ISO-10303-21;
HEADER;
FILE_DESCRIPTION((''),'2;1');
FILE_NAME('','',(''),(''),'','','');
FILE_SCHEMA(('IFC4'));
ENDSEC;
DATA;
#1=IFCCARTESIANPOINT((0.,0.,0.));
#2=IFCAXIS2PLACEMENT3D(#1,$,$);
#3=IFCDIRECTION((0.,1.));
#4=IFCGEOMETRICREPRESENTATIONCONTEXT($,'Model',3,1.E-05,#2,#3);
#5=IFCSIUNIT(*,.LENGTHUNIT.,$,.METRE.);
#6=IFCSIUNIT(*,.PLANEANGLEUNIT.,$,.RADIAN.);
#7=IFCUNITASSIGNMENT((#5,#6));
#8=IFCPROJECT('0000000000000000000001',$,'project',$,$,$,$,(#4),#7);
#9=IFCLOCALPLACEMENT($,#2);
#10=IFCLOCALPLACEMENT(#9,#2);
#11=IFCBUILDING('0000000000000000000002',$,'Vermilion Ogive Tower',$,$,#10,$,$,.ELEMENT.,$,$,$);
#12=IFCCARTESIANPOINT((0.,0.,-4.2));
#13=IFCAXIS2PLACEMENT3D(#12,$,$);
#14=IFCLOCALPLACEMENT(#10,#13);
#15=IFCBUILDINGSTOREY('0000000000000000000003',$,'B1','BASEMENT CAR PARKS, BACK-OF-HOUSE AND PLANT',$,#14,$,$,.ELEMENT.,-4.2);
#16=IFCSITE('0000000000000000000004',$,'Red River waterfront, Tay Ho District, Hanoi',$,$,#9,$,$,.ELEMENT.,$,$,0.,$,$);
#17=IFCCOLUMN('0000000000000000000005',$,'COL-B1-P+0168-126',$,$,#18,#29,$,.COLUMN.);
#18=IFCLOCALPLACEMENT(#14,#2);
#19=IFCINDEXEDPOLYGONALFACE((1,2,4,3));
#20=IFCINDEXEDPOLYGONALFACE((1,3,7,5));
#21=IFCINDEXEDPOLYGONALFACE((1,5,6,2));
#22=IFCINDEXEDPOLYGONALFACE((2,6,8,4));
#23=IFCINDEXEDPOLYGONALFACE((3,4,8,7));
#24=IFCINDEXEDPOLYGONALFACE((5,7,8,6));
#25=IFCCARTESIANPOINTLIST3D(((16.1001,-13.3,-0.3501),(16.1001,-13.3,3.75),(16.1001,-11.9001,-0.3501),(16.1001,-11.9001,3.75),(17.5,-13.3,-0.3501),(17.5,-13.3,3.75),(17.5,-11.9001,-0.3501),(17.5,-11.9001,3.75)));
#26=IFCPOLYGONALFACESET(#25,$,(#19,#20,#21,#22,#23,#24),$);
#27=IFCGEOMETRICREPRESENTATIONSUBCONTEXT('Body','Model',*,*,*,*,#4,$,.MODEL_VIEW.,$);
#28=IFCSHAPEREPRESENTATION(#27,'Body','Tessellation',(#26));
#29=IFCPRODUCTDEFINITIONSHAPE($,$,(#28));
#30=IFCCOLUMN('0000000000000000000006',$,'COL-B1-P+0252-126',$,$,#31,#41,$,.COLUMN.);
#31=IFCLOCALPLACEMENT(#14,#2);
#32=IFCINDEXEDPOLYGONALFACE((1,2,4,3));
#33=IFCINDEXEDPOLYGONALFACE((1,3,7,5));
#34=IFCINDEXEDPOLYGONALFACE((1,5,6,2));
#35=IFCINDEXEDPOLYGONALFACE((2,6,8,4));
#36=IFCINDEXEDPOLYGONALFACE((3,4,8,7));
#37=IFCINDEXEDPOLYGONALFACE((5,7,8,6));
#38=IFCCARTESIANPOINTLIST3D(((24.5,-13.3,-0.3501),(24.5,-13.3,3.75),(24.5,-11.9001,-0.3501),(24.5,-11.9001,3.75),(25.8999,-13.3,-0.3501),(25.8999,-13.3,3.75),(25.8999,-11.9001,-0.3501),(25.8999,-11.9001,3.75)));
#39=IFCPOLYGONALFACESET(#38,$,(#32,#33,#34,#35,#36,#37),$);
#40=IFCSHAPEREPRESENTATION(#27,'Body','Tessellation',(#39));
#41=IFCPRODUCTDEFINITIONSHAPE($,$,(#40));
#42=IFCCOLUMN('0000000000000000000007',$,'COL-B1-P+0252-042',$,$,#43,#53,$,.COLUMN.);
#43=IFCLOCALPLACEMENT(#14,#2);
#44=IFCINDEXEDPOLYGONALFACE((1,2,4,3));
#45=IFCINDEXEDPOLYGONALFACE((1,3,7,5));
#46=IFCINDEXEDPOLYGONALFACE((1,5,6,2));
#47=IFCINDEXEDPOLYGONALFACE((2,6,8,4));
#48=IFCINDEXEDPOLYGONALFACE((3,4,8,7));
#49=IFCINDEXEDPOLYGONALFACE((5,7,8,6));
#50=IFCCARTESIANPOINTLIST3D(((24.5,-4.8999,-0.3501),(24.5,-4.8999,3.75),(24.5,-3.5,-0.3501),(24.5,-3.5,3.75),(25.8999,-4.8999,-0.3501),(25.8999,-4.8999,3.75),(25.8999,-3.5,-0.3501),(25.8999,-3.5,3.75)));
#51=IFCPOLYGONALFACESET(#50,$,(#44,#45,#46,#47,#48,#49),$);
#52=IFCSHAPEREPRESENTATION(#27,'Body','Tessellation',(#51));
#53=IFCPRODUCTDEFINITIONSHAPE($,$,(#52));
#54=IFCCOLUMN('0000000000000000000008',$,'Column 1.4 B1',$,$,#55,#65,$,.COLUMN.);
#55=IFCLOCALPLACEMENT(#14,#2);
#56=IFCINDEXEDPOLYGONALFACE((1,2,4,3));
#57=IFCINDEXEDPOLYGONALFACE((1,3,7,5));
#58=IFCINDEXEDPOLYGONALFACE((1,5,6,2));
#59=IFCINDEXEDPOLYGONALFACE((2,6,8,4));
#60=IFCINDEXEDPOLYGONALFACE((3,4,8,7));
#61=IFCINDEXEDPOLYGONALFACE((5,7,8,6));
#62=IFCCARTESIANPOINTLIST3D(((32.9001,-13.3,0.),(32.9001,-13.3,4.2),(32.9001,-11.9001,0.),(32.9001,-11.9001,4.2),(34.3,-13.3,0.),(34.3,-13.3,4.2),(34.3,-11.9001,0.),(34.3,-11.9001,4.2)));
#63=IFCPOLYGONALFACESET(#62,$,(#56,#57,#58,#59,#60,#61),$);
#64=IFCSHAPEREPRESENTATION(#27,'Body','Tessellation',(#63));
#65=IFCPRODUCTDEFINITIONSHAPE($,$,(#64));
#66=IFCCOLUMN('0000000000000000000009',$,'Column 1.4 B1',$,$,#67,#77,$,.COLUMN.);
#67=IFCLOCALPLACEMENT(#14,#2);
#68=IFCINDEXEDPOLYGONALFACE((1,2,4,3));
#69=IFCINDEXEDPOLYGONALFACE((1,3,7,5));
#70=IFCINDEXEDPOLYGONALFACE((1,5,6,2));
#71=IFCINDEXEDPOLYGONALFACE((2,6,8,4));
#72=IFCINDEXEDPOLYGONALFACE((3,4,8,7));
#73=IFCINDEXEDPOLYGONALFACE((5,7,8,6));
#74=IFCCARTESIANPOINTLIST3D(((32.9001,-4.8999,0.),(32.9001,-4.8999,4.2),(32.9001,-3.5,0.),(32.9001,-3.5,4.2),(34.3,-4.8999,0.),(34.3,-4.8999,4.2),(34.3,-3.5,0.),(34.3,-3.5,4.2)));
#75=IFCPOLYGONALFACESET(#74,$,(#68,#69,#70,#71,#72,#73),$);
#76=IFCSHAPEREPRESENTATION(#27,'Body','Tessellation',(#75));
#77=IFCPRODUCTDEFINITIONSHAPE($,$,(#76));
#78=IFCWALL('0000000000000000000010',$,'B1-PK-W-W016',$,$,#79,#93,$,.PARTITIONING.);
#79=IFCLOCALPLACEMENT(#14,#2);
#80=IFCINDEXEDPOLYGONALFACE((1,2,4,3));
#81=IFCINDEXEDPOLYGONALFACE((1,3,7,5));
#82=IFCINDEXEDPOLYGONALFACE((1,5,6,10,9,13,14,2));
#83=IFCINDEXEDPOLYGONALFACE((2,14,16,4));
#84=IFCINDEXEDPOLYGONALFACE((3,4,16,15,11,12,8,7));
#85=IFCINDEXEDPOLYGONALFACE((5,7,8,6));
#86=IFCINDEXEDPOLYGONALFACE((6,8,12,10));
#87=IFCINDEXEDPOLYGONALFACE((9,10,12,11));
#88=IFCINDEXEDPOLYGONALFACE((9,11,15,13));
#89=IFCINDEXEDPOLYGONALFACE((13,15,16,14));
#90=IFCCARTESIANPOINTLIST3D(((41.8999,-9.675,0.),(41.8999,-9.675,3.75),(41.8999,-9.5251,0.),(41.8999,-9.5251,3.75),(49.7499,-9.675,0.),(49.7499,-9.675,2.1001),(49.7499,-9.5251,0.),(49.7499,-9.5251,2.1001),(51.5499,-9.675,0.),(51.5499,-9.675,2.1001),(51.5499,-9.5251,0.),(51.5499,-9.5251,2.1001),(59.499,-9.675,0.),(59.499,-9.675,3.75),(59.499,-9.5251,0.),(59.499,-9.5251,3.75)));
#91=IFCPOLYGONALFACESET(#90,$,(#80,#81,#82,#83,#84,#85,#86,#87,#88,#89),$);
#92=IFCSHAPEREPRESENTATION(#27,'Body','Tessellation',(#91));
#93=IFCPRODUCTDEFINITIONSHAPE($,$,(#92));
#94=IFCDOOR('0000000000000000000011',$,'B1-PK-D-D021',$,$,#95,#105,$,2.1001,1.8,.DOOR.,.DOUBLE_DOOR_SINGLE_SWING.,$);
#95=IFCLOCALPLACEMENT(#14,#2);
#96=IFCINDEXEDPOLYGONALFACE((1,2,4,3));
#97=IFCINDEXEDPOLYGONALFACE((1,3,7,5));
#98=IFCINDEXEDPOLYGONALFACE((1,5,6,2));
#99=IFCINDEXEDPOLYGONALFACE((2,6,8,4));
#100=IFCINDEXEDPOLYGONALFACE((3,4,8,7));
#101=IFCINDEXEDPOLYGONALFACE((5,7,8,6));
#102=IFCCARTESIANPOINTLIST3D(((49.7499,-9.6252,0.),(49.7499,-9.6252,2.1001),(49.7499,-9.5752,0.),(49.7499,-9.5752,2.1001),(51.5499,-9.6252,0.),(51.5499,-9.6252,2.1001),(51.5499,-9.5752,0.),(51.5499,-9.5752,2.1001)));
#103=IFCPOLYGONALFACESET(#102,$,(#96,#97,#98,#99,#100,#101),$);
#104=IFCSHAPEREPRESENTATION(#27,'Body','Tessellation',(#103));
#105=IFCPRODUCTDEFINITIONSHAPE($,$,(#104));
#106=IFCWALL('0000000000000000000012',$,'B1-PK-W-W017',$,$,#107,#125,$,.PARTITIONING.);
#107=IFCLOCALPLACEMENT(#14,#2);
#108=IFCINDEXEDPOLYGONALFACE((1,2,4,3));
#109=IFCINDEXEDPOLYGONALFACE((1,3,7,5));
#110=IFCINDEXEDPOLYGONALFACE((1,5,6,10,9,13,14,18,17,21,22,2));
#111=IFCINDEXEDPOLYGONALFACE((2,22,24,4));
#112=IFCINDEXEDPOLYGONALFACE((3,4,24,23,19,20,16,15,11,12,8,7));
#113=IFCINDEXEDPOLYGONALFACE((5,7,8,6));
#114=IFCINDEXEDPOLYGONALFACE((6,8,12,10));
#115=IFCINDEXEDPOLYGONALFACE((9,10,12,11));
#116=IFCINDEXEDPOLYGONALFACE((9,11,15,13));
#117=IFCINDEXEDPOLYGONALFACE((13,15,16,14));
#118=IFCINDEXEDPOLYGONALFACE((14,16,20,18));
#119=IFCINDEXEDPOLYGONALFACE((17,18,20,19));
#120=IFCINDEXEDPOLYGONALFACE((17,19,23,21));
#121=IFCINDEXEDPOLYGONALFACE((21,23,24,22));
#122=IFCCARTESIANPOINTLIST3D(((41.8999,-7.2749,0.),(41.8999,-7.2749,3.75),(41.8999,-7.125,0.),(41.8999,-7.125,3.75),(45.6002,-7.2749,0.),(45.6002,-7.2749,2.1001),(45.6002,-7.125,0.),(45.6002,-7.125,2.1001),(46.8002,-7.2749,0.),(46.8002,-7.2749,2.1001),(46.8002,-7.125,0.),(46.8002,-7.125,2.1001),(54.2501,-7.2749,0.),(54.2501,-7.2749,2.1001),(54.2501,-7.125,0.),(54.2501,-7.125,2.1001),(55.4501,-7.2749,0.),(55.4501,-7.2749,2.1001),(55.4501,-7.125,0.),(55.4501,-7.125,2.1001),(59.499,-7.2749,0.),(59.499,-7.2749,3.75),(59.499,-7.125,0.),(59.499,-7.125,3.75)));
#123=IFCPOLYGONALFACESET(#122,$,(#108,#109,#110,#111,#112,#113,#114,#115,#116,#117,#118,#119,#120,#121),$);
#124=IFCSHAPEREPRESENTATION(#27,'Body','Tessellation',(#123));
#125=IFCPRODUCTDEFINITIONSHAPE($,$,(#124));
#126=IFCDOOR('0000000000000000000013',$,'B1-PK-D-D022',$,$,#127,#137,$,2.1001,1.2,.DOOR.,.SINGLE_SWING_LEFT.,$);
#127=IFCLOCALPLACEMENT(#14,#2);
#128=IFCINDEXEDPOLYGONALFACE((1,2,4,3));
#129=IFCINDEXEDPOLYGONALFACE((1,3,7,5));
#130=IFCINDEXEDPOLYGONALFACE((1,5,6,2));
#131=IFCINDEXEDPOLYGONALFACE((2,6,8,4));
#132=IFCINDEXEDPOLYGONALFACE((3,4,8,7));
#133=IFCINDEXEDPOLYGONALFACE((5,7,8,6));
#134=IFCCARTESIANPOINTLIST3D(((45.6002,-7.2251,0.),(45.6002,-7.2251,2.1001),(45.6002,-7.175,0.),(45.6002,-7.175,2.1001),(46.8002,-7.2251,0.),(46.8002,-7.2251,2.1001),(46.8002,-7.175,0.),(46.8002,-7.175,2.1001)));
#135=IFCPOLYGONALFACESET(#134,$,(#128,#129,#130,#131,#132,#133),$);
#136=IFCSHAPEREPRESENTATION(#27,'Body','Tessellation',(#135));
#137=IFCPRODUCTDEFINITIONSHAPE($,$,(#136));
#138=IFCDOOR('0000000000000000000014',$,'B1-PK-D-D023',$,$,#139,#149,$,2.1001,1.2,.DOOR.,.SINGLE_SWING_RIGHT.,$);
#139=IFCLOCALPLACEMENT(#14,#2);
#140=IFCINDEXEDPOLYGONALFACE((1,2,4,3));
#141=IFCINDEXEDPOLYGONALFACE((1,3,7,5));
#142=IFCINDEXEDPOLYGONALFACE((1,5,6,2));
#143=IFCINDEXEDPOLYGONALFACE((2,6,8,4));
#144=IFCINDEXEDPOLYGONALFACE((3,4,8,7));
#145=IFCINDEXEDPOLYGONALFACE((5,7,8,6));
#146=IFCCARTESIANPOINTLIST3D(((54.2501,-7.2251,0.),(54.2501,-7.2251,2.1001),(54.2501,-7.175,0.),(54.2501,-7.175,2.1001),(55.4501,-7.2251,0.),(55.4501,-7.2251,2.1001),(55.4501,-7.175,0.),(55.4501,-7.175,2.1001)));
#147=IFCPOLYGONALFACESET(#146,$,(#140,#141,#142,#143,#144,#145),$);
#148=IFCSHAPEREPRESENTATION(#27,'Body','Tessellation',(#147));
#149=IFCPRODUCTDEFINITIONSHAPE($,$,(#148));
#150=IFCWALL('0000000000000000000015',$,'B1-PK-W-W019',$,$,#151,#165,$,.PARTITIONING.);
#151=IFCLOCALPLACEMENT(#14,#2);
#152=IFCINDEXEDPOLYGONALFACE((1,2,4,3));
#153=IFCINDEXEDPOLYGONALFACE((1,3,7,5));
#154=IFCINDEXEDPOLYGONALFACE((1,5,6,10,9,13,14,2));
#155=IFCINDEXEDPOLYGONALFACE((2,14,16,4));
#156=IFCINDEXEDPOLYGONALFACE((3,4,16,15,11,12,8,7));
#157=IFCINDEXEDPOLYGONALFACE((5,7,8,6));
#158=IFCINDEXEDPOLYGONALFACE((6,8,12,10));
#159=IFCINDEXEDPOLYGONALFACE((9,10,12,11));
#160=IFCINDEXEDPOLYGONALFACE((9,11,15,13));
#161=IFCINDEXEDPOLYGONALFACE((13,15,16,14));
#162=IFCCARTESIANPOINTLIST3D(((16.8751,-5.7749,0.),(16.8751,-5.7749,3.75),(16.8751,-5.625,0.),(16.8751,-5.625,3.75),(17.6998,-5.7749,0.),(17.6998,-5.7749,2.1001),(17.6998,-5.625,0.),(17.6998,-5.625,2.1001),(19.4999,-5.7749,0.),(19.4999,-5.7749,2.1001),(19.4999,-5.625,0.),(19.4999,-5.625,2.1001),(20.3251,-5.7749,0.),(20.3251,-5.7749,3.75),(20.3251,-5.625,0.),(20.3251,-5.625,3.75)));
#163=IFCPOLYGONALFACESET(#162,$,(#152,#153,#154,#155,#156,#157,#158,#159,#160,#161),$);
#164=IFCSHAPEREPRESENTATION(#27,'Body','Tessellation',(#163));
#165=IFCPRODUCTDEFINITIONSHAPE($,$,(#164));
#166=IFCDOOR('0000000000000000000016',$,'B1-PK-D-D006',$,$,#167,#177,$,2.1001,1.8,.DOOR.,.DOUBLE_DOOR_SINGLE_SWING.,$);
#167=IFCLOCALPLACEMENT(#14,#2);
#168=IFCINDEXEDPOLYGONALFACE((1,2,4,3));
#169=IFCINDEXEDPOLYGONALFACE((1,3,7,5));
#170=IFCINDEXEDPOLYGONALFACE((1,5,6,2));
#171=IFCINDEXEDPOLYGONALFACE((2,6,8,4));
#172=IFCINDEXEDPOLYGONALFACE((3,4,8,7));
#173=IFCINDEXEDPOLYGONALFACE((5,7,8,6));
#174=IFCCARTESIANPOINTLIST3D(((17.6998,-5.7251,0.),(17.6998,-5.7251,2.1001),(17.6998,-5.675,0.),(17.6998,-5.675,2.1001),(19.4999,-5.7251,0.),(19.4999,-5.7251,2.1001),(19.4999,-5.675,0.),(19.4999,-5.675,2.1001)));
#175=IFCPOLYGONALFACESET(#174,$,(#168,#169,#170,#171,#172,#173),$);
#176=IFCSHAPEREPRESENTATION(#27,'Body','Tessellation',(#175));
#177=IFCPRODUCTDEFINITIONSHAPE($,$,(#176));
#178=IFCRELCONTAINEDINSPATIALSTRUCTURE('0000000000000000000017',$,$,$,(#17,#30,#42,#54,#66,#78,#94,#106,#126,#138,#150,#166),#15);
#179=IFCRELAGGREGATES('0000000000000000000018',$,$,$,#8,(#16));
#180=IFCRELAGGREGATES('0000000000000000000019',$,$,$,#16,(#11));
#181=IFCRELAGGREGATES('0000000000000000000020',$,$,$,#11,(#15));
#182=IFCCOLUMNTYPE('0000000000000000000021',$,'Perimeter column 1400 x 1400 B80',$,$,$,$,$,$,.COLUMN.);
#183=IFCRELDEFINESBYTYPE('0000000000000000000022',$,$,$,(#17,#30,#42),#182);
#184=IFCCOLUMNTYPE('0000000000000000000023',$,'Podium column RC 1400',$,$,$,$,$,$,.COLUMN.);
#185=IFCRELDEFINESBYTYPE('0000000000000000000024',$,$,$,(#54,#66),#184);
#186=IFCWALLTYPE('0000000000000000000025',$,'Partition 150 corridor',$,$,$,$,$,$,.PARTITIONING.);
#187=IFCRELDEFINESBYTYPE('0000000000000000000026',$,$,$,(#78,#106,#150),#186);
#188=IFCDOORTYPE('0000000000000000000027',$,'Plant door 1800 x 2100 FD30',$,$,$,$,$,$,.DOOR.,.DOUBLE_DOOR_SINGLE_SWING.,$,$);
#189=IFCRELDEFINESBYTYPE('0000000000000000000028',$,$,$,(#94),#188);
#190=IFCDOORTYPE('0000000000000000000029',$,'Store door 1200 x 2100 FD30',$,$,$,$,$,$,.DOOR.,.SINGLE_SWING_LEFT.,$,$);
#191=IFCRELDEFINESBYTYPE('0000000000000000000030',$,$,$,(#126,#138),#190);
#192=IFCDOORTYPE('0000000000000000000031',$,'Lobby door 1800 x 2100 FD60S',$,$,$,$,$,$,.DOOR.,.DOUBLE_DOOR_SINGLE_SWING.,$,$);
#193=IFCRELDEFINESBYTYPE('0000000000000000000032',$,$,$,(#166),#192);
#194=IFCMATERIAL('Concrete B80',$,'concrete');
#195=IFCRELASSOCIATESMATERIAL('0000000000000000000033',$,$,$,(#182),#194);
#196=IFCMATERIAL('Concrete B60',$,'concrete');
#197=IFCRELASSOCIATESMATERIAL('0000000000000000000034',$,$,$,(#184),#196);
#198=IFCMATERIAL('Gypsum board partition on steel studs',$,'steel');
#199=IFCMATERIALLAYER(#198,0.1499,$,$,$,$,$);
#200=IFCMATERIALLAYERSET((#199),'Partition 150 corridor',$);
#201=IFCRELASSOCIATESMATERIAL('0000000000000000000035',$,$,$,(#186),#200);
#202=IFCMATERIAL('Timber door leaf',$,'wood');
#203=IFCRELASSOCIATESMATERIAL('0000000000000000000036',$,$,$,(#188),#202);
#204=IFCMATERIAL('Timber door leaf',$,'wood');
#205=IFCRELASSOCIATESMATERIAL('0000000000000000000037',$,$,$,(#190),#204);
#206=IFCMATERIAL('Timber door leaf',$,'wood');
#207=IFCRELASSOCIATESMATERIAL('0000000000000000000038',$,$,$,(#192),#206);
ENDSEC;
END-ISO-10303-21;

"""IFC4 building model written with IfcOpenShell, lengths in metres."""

from ifc_helpers import new_model, si_unit, direction, frame, frame_2d, origin, origin_2d, place, context, subcontext, project, spatial, rectangle, extrude, material, layer, layer_set, material_profile, profile_set, type_object, element, fill, save


model = new_model("IFC4")

# Units and contexts
model_context = context("Model", 3, precision=1e-05, world=origin(), true_north=direction((0.0, 1.0)))
body_context = subcontext(model_context, "Body", "Model", "MODEL_VIEW")
ifc_project = project(units=[si_unit("LENGTHUNIT", "METRE"), si_unit("PLANEANGLEUNIT", "RADIAN")], contexts=[model_context])

# Site, building, storey
site_placement = place(None, origin())
site = spatial("IfcSite", under=ifc_project, at=site_placement, Name="Red River waterfront, Tay Ho District, Hanoi", CompositionType="ELEMENT", RefElevation=0.0)
building_placement = place(site_placement, origin())
building = spatial("IfcBuilding", under=site, at=building_placement, Name="Vermilion Ogive Tower", CompositionType="ELEMENT")
storey_placement = place(building_placement, frame((0.0, 0.0, -4.2)))
storey = spatial("IfcBuildingStorey", under=building, at=storey_placement, Name="B1", Description="BASEMENT CAR PARKS, BACK-OF-HOUSE AND PLANT", CompositionType="ELEMENT", Elevation=-4.2)

# Columns
ifc_material_1 = material(Name="Concrete B80", Category="concrete")
ifc_material_profile_1 = material_profile(ifc_material_1, rectangle(XDim=1.3999, YDim=1.3999, at=origin_2d()), Name="1400 x 1400")
ifc_profile_set_1 = profile_set([ifc_material_profile_1], Name="Concrete B80")
column_type_1 = type_object("IfcColumnType", Name="Perimeter column 1400 x 1400 B80", PredefinedType="COLUMN", material=ifc_profile_set_1)
for number, where, z_axis, x_axis, name in (
    (1, (16.8, -12.6001, -0.3501), (0.0, 0.0, 1.0), (1.0, 0.0, 0.0), "COL-B1-P+0168-126"),
    (2, (25.2, -12.6001, -0.3501), (0.0, 0.0, 1.0), (1.0, 0.0, 0.0), "COL-B1-P+0252-126"),
    (3, (25.2, -4.2, -0.3501), (0.0, 0.0, 1.0), (1.0, 0.0, 0.0), "COL-B1-P+0252-042"),
):
    element("IfcColumn", number, at=place(storey_placement, frame(where, z_axis=z_axis, x_axis=x_axis)), inside=storey, type_object=column_type_1, Name=name, PredefinedType="COLUMN", context=body_context, shape_type="SweptSolid", body=[
        extrude(rectangle(XDim=1.3999, YDim=1.3999, at=origin_2d()), origin(), (0.0, 0.0, 1.0), 4.1001),
    ])
ifc_material_2 = material(Name="Concrete B60", Category="concrete")
ifc_material_profile_2 = material_profile(ifc_material_2, rectangle(XDim=1.3999, YDim=1.3999, at=origin_2d()), Name="RC 1400x1400")
ifc_profile_set_2 = profile_set([ifc_material_profile_2], Name="Concrete B60")
column_type_2 = type_object("IfcColumnType", Name="Podium column RC 1400", PredefinedType="COLUMN", material=ifc_profile_set_2)
for number, where, z_axis, x_axis, name in (
    (4, (33.6001, -12.6001, 0.0), (0.0, 0.0, 1.0), (1.0, 0.0, 0.0), "Column 1.4 B1"),
    (5, (33.6001, -4.2, 0.0), (0.0, 0.0, 1.0), (1.0, 0.0, 0.0), "Column 1.4 B1"),
):
    element("IfcColumn", number, at=place(storey_placement, frame(where, z_axis=z_axis, x_axis=x_axis)), inside=storey, type_object=column_type_2, Name=name, PredefinedType="COLUMN", context=body_context, shape_type="SweptSolid", body=[
        extrude(rectangle(XDim=1.3999, YDim=1.3999, at=origin_2d()), origin(), (0.0, 0.0, 1.0), 4.2),
    ])

# Wall, opening, door
ifc_material_3 = material(Name="Gypsum board partition on steel studs", Category="steel")
ifc_layer_1 = layer(ifc_material_3, 0.1499)
ifc_layer_set_1 = layer_set([ifc_layer_1], Name="Partition 150 corridor")
wall_type_1 = type_object("IfcWallType", Name="Partition 150 corridor", PredefinedType="PARTITIONING", material=ifc_layer_set_1)
wall_1_placement = place(storey_placement, frame((41.8999, -9.6001, 0.0), z_axis=(0.0, 0.0, 1.0), x_axis=(1.0, 0.0, 0.0)))
wall_1 = element("IfcWall", 6, at=wall_1_placement, inside=storey, type_object=wall_type_1, Name="B1-PK-W-W016", PredefinedType="PARTITIONING", context=body_context, shape_type="SweptSolid", body=[
    extrude(rectangle(XDim=17.5991, YDim=0.1499, at=frame_2d((8.7996, 0.0))), origin(), (0.0, 0.0, 1.0), 3.75),
])
opening_1_placement = place(wall_1_placement, frame((7.8501, 0.0, 0.0)))
opening_1 = element("IfcOpeningElement", 7, at=opening_1_placement, cuts=wall_1, PredefinedType="OPENING", context=body_context, shape_type="SweptSolid", body=[
    extrude(rectangle(XDim=1.8, YDim=2.1001, at=frame_2d((0.8999, 1.05))), frame((0.0, 0.085, 0.0), z_axis=(0.0, -1.0, 0.0), x_axis=(1.0, 0.0, 0.0)), (0.0, 0.0, 1.0), 0.1699),
])
ifc_material_4 = material(Name="Timber door leaf", Category="wood")
door_type_1 = type_object("IfcDoorType", Name="Plant door 1800 x 2100 FD30", OperationType="DOUBLE_DOOR_SINGLE_SWING", PredefinedType="DOOR", material=ifc_material_4)
door_1_placement = place(opening_1_placement, origin())
door_1 = element("IfcDoor", 8, at=door_1_placement, inside=storey, type_object=door_type_1, Name="B1-PK-D-D021", OperationType="DOUBLE_DOOR_SINGLE_SWING", OverallHeight=2.1001, OverallWidth=1.8, PredefinedType="DOOR", context=body_context, shape_type="SweptSolid", body=[
    extrude(rectangle(XDim=1.8, YDim=2.1001, at=frame_2d((0.8999, 1.05))), frame((0.0, 0.0249, 0.0), z_axis=(0.0, -1.0, 0.0), x_axis=(1.0, 0.0, 0.0)), (0.0, 0.0, 1.0), 0.05),
])
fill(opening_1, door_1)

# Wall, openings, doors
wall_2_placement = place(storey_placement, frame((41.8999, -7.2, 0.0), z_axis=(0.0, 0.0, 1.0), x_axis=(1.0, 0.0, 0.0)))
wall_2 = element("IfcWall", 9, at=wall_2_placement, inside=storey, type_object=wall_type_1, Name="B1-PK-W-W017", PredefinedType="PARTITIONING", context=body_context, shape_type="SweptSolid", body=[
    extrude(rectangle(XDim=17.5991, YDim=0.1499, at=frame_2d((8.7996, 0.0))), origin(), (0.0, 0.0, 1.0), 3.75),
])
opening_2_placement = place(wall_2_placement, frame((3.7002, 0.0, 0.0)))
opening_2 = element("IfcOpeningElement", 10, at=opening_2_placement, cuts=wall_2, PredefinedType="OPENING", context=body_context, shape_type="SweptSolid", body=[
    extrude(rectangle(XDim=1.2, YDim=2.1001, at=frame_2d((0.6001, 1.05))), frame((0.0, 0.085, 0.0), z_axis=(0.0, -1.0, 0.0), x_axis=(1.0, 0.0, 0.0)), (0.0, 0.0, 1.0), 0.1699),
])
opening_3_placement = place(wall_2_placement, frame((12.3501, 0.0, 0.0)))
opening_3 = element("IfcOpeningElement", 11, at=opening_3_placement, cuts=wall_2, PredefinedType="OPENING", context=body_context, shape_type="SweptSolid", body=[
    extrude(rectangle(XDim=1.2, YDim=2.1001, at=frame_2d((0.6001, 1.05))), frame((0.0, 0.085, 0.0), z_axis=(0.0, -1.0, 0.0), x_axis=(1.0, 0.0, 0.0)), (0.0, 0.0, 1.0), 0.1699),
])
ifc_material_5 = material(Name="Timber door leaf", Category="wood")
door_type_2 = type_object("IfcDoorType", Name="Store door 1200 x 2100 FD30", OperationType="SINGLE_SWING_LEFT", PredefinedType="DOOR", material=ifc_material_5)
door_2_placement = place(opening_2_placement, origin())
door_2 = element("IfcDoor", 12, at=door_2_placement, inside=storey, type_object=door_type_2, Name="B1-PK-D-D022", OperationType="SINGLE_SWING_LEFT", OverallHeight=2.1001, OverallWidth=1.2, PredefinedType="DOOR", context=body_context, shape_type="SweptSolid", body=[
    extrude(rectangle(XDim=1.2, YDim=2.1001, at=frame_2d((0.6001, 1.05))), frame((0.0, 0.0249, 0.0), z_axis=(0.0, -1.0, 0.0), x_axis=(1.0, 0.0, 0.0)), (0.0, 0.0, 1.0), 0.05),
])
fill(opening_2, door_2)
door_3_placement = place(opening_3_placement, origin())
door_3 = element("IfcDoor", 13, at=door_3_placement, inside=storey, type_object=door_type_2, Name="B1-PK-D-D023", OperationType="SINGLE_SWING_RIGHT", OverallHeight=2.1001, OverallWidth=1.2, PredefinedType="DOOR", context=body_context, shape_type="SweptSolid", body=[
    extrude(rectangle(XDim=1.2, YDim=2.1001, at=frame_2d((0.6001, 1.05))), frame((0.0, 0.0249, 0.0), z_axis=(0.0, -1.0, 0.0), x_axis=(1.0, 0.0, 0.0)), (0.0, 0.0, 1.0), 0.05),
])
fill(opening_3, door_3)

# Wall, opening, door
wall_3_placement = place(storey_placement, frame((16.875, -5.7, 0.0), z_axis=(0.0, 0.0, 1.0), x_axis=(1.0, 0.0, 0.0)))
wall_3 = element("IfcWall", 14, at=wall_3_placement, inside=storey, type_object=wall_type_1, Name="B1-PK-W-W019", PredefinedType="PARTITIONING", context=body_context, shape_type="SweptSolid", body=[
    extrude(rectangle(XDim=3.45, YDim=0.1499, at=frame_2d((1.7251, 0.0))), origin(), (0.0, 0.0, 1.0), 3.75),
])
opening_4_placement = place(wall_3_placement, frame((0.825, 0.0, 0.0)))
opening_4 = element("IfcOpeningElement", 15, at=opening_4_placement, cuts=wall_3, PredefinedType="OPENING", context=body_context, shape_type="SweptSolid", body=[
    extrude(rectangle(XDim=1.8, YDim=2.1001, at=frame_2d((0.8999, 1.05))), frame((0.0, 0.085, 0.0), z_axis=(0.0, -1.0, 0.0), x_axis=(1.0, 0.0, 0.0)), (0.0, 0.0, 1.0), 0.1699),
])
ifc_material_6 = material(Name="Timber door leaf", Category="wood")
door_type_3 = type_object("IfcDoorType", Name="Lobby door 1800 x 2100 FD60S", OperationType="DOUBLE_DOOR_SINGLE_SWING", PredefinedType="DOOR", material=ifc_material_6)
door_4_placement = place(opening_4_placement, origin())
door_4 = element("IfcDoor", 16, at=door_4_placement, inside=storey, type_object=door_type_3, Name="B1-PK-D-D006", OperationType="DOUBLE_DOOR_SINGLE_SWING", OverallHeight=2.1001, OverallWidth=1.8, PredefinedType="DOOR", context=body_context, shape_type="SweptSolid", body=[
    extrude(rectangle(XDim=1.8, YDim=2.1001, at=frame_2d((0.8999, 1.05))), frame((0.0, 0.0249, 0.0), z_axis=(0.0, -1.0, 0.0), x_axis=(1.0, 0.0, 0.0)), (0.0, 0.0, 1.0), 0.05),
])
fill(opening_4, door_4)

save(model, "model.ifc")
